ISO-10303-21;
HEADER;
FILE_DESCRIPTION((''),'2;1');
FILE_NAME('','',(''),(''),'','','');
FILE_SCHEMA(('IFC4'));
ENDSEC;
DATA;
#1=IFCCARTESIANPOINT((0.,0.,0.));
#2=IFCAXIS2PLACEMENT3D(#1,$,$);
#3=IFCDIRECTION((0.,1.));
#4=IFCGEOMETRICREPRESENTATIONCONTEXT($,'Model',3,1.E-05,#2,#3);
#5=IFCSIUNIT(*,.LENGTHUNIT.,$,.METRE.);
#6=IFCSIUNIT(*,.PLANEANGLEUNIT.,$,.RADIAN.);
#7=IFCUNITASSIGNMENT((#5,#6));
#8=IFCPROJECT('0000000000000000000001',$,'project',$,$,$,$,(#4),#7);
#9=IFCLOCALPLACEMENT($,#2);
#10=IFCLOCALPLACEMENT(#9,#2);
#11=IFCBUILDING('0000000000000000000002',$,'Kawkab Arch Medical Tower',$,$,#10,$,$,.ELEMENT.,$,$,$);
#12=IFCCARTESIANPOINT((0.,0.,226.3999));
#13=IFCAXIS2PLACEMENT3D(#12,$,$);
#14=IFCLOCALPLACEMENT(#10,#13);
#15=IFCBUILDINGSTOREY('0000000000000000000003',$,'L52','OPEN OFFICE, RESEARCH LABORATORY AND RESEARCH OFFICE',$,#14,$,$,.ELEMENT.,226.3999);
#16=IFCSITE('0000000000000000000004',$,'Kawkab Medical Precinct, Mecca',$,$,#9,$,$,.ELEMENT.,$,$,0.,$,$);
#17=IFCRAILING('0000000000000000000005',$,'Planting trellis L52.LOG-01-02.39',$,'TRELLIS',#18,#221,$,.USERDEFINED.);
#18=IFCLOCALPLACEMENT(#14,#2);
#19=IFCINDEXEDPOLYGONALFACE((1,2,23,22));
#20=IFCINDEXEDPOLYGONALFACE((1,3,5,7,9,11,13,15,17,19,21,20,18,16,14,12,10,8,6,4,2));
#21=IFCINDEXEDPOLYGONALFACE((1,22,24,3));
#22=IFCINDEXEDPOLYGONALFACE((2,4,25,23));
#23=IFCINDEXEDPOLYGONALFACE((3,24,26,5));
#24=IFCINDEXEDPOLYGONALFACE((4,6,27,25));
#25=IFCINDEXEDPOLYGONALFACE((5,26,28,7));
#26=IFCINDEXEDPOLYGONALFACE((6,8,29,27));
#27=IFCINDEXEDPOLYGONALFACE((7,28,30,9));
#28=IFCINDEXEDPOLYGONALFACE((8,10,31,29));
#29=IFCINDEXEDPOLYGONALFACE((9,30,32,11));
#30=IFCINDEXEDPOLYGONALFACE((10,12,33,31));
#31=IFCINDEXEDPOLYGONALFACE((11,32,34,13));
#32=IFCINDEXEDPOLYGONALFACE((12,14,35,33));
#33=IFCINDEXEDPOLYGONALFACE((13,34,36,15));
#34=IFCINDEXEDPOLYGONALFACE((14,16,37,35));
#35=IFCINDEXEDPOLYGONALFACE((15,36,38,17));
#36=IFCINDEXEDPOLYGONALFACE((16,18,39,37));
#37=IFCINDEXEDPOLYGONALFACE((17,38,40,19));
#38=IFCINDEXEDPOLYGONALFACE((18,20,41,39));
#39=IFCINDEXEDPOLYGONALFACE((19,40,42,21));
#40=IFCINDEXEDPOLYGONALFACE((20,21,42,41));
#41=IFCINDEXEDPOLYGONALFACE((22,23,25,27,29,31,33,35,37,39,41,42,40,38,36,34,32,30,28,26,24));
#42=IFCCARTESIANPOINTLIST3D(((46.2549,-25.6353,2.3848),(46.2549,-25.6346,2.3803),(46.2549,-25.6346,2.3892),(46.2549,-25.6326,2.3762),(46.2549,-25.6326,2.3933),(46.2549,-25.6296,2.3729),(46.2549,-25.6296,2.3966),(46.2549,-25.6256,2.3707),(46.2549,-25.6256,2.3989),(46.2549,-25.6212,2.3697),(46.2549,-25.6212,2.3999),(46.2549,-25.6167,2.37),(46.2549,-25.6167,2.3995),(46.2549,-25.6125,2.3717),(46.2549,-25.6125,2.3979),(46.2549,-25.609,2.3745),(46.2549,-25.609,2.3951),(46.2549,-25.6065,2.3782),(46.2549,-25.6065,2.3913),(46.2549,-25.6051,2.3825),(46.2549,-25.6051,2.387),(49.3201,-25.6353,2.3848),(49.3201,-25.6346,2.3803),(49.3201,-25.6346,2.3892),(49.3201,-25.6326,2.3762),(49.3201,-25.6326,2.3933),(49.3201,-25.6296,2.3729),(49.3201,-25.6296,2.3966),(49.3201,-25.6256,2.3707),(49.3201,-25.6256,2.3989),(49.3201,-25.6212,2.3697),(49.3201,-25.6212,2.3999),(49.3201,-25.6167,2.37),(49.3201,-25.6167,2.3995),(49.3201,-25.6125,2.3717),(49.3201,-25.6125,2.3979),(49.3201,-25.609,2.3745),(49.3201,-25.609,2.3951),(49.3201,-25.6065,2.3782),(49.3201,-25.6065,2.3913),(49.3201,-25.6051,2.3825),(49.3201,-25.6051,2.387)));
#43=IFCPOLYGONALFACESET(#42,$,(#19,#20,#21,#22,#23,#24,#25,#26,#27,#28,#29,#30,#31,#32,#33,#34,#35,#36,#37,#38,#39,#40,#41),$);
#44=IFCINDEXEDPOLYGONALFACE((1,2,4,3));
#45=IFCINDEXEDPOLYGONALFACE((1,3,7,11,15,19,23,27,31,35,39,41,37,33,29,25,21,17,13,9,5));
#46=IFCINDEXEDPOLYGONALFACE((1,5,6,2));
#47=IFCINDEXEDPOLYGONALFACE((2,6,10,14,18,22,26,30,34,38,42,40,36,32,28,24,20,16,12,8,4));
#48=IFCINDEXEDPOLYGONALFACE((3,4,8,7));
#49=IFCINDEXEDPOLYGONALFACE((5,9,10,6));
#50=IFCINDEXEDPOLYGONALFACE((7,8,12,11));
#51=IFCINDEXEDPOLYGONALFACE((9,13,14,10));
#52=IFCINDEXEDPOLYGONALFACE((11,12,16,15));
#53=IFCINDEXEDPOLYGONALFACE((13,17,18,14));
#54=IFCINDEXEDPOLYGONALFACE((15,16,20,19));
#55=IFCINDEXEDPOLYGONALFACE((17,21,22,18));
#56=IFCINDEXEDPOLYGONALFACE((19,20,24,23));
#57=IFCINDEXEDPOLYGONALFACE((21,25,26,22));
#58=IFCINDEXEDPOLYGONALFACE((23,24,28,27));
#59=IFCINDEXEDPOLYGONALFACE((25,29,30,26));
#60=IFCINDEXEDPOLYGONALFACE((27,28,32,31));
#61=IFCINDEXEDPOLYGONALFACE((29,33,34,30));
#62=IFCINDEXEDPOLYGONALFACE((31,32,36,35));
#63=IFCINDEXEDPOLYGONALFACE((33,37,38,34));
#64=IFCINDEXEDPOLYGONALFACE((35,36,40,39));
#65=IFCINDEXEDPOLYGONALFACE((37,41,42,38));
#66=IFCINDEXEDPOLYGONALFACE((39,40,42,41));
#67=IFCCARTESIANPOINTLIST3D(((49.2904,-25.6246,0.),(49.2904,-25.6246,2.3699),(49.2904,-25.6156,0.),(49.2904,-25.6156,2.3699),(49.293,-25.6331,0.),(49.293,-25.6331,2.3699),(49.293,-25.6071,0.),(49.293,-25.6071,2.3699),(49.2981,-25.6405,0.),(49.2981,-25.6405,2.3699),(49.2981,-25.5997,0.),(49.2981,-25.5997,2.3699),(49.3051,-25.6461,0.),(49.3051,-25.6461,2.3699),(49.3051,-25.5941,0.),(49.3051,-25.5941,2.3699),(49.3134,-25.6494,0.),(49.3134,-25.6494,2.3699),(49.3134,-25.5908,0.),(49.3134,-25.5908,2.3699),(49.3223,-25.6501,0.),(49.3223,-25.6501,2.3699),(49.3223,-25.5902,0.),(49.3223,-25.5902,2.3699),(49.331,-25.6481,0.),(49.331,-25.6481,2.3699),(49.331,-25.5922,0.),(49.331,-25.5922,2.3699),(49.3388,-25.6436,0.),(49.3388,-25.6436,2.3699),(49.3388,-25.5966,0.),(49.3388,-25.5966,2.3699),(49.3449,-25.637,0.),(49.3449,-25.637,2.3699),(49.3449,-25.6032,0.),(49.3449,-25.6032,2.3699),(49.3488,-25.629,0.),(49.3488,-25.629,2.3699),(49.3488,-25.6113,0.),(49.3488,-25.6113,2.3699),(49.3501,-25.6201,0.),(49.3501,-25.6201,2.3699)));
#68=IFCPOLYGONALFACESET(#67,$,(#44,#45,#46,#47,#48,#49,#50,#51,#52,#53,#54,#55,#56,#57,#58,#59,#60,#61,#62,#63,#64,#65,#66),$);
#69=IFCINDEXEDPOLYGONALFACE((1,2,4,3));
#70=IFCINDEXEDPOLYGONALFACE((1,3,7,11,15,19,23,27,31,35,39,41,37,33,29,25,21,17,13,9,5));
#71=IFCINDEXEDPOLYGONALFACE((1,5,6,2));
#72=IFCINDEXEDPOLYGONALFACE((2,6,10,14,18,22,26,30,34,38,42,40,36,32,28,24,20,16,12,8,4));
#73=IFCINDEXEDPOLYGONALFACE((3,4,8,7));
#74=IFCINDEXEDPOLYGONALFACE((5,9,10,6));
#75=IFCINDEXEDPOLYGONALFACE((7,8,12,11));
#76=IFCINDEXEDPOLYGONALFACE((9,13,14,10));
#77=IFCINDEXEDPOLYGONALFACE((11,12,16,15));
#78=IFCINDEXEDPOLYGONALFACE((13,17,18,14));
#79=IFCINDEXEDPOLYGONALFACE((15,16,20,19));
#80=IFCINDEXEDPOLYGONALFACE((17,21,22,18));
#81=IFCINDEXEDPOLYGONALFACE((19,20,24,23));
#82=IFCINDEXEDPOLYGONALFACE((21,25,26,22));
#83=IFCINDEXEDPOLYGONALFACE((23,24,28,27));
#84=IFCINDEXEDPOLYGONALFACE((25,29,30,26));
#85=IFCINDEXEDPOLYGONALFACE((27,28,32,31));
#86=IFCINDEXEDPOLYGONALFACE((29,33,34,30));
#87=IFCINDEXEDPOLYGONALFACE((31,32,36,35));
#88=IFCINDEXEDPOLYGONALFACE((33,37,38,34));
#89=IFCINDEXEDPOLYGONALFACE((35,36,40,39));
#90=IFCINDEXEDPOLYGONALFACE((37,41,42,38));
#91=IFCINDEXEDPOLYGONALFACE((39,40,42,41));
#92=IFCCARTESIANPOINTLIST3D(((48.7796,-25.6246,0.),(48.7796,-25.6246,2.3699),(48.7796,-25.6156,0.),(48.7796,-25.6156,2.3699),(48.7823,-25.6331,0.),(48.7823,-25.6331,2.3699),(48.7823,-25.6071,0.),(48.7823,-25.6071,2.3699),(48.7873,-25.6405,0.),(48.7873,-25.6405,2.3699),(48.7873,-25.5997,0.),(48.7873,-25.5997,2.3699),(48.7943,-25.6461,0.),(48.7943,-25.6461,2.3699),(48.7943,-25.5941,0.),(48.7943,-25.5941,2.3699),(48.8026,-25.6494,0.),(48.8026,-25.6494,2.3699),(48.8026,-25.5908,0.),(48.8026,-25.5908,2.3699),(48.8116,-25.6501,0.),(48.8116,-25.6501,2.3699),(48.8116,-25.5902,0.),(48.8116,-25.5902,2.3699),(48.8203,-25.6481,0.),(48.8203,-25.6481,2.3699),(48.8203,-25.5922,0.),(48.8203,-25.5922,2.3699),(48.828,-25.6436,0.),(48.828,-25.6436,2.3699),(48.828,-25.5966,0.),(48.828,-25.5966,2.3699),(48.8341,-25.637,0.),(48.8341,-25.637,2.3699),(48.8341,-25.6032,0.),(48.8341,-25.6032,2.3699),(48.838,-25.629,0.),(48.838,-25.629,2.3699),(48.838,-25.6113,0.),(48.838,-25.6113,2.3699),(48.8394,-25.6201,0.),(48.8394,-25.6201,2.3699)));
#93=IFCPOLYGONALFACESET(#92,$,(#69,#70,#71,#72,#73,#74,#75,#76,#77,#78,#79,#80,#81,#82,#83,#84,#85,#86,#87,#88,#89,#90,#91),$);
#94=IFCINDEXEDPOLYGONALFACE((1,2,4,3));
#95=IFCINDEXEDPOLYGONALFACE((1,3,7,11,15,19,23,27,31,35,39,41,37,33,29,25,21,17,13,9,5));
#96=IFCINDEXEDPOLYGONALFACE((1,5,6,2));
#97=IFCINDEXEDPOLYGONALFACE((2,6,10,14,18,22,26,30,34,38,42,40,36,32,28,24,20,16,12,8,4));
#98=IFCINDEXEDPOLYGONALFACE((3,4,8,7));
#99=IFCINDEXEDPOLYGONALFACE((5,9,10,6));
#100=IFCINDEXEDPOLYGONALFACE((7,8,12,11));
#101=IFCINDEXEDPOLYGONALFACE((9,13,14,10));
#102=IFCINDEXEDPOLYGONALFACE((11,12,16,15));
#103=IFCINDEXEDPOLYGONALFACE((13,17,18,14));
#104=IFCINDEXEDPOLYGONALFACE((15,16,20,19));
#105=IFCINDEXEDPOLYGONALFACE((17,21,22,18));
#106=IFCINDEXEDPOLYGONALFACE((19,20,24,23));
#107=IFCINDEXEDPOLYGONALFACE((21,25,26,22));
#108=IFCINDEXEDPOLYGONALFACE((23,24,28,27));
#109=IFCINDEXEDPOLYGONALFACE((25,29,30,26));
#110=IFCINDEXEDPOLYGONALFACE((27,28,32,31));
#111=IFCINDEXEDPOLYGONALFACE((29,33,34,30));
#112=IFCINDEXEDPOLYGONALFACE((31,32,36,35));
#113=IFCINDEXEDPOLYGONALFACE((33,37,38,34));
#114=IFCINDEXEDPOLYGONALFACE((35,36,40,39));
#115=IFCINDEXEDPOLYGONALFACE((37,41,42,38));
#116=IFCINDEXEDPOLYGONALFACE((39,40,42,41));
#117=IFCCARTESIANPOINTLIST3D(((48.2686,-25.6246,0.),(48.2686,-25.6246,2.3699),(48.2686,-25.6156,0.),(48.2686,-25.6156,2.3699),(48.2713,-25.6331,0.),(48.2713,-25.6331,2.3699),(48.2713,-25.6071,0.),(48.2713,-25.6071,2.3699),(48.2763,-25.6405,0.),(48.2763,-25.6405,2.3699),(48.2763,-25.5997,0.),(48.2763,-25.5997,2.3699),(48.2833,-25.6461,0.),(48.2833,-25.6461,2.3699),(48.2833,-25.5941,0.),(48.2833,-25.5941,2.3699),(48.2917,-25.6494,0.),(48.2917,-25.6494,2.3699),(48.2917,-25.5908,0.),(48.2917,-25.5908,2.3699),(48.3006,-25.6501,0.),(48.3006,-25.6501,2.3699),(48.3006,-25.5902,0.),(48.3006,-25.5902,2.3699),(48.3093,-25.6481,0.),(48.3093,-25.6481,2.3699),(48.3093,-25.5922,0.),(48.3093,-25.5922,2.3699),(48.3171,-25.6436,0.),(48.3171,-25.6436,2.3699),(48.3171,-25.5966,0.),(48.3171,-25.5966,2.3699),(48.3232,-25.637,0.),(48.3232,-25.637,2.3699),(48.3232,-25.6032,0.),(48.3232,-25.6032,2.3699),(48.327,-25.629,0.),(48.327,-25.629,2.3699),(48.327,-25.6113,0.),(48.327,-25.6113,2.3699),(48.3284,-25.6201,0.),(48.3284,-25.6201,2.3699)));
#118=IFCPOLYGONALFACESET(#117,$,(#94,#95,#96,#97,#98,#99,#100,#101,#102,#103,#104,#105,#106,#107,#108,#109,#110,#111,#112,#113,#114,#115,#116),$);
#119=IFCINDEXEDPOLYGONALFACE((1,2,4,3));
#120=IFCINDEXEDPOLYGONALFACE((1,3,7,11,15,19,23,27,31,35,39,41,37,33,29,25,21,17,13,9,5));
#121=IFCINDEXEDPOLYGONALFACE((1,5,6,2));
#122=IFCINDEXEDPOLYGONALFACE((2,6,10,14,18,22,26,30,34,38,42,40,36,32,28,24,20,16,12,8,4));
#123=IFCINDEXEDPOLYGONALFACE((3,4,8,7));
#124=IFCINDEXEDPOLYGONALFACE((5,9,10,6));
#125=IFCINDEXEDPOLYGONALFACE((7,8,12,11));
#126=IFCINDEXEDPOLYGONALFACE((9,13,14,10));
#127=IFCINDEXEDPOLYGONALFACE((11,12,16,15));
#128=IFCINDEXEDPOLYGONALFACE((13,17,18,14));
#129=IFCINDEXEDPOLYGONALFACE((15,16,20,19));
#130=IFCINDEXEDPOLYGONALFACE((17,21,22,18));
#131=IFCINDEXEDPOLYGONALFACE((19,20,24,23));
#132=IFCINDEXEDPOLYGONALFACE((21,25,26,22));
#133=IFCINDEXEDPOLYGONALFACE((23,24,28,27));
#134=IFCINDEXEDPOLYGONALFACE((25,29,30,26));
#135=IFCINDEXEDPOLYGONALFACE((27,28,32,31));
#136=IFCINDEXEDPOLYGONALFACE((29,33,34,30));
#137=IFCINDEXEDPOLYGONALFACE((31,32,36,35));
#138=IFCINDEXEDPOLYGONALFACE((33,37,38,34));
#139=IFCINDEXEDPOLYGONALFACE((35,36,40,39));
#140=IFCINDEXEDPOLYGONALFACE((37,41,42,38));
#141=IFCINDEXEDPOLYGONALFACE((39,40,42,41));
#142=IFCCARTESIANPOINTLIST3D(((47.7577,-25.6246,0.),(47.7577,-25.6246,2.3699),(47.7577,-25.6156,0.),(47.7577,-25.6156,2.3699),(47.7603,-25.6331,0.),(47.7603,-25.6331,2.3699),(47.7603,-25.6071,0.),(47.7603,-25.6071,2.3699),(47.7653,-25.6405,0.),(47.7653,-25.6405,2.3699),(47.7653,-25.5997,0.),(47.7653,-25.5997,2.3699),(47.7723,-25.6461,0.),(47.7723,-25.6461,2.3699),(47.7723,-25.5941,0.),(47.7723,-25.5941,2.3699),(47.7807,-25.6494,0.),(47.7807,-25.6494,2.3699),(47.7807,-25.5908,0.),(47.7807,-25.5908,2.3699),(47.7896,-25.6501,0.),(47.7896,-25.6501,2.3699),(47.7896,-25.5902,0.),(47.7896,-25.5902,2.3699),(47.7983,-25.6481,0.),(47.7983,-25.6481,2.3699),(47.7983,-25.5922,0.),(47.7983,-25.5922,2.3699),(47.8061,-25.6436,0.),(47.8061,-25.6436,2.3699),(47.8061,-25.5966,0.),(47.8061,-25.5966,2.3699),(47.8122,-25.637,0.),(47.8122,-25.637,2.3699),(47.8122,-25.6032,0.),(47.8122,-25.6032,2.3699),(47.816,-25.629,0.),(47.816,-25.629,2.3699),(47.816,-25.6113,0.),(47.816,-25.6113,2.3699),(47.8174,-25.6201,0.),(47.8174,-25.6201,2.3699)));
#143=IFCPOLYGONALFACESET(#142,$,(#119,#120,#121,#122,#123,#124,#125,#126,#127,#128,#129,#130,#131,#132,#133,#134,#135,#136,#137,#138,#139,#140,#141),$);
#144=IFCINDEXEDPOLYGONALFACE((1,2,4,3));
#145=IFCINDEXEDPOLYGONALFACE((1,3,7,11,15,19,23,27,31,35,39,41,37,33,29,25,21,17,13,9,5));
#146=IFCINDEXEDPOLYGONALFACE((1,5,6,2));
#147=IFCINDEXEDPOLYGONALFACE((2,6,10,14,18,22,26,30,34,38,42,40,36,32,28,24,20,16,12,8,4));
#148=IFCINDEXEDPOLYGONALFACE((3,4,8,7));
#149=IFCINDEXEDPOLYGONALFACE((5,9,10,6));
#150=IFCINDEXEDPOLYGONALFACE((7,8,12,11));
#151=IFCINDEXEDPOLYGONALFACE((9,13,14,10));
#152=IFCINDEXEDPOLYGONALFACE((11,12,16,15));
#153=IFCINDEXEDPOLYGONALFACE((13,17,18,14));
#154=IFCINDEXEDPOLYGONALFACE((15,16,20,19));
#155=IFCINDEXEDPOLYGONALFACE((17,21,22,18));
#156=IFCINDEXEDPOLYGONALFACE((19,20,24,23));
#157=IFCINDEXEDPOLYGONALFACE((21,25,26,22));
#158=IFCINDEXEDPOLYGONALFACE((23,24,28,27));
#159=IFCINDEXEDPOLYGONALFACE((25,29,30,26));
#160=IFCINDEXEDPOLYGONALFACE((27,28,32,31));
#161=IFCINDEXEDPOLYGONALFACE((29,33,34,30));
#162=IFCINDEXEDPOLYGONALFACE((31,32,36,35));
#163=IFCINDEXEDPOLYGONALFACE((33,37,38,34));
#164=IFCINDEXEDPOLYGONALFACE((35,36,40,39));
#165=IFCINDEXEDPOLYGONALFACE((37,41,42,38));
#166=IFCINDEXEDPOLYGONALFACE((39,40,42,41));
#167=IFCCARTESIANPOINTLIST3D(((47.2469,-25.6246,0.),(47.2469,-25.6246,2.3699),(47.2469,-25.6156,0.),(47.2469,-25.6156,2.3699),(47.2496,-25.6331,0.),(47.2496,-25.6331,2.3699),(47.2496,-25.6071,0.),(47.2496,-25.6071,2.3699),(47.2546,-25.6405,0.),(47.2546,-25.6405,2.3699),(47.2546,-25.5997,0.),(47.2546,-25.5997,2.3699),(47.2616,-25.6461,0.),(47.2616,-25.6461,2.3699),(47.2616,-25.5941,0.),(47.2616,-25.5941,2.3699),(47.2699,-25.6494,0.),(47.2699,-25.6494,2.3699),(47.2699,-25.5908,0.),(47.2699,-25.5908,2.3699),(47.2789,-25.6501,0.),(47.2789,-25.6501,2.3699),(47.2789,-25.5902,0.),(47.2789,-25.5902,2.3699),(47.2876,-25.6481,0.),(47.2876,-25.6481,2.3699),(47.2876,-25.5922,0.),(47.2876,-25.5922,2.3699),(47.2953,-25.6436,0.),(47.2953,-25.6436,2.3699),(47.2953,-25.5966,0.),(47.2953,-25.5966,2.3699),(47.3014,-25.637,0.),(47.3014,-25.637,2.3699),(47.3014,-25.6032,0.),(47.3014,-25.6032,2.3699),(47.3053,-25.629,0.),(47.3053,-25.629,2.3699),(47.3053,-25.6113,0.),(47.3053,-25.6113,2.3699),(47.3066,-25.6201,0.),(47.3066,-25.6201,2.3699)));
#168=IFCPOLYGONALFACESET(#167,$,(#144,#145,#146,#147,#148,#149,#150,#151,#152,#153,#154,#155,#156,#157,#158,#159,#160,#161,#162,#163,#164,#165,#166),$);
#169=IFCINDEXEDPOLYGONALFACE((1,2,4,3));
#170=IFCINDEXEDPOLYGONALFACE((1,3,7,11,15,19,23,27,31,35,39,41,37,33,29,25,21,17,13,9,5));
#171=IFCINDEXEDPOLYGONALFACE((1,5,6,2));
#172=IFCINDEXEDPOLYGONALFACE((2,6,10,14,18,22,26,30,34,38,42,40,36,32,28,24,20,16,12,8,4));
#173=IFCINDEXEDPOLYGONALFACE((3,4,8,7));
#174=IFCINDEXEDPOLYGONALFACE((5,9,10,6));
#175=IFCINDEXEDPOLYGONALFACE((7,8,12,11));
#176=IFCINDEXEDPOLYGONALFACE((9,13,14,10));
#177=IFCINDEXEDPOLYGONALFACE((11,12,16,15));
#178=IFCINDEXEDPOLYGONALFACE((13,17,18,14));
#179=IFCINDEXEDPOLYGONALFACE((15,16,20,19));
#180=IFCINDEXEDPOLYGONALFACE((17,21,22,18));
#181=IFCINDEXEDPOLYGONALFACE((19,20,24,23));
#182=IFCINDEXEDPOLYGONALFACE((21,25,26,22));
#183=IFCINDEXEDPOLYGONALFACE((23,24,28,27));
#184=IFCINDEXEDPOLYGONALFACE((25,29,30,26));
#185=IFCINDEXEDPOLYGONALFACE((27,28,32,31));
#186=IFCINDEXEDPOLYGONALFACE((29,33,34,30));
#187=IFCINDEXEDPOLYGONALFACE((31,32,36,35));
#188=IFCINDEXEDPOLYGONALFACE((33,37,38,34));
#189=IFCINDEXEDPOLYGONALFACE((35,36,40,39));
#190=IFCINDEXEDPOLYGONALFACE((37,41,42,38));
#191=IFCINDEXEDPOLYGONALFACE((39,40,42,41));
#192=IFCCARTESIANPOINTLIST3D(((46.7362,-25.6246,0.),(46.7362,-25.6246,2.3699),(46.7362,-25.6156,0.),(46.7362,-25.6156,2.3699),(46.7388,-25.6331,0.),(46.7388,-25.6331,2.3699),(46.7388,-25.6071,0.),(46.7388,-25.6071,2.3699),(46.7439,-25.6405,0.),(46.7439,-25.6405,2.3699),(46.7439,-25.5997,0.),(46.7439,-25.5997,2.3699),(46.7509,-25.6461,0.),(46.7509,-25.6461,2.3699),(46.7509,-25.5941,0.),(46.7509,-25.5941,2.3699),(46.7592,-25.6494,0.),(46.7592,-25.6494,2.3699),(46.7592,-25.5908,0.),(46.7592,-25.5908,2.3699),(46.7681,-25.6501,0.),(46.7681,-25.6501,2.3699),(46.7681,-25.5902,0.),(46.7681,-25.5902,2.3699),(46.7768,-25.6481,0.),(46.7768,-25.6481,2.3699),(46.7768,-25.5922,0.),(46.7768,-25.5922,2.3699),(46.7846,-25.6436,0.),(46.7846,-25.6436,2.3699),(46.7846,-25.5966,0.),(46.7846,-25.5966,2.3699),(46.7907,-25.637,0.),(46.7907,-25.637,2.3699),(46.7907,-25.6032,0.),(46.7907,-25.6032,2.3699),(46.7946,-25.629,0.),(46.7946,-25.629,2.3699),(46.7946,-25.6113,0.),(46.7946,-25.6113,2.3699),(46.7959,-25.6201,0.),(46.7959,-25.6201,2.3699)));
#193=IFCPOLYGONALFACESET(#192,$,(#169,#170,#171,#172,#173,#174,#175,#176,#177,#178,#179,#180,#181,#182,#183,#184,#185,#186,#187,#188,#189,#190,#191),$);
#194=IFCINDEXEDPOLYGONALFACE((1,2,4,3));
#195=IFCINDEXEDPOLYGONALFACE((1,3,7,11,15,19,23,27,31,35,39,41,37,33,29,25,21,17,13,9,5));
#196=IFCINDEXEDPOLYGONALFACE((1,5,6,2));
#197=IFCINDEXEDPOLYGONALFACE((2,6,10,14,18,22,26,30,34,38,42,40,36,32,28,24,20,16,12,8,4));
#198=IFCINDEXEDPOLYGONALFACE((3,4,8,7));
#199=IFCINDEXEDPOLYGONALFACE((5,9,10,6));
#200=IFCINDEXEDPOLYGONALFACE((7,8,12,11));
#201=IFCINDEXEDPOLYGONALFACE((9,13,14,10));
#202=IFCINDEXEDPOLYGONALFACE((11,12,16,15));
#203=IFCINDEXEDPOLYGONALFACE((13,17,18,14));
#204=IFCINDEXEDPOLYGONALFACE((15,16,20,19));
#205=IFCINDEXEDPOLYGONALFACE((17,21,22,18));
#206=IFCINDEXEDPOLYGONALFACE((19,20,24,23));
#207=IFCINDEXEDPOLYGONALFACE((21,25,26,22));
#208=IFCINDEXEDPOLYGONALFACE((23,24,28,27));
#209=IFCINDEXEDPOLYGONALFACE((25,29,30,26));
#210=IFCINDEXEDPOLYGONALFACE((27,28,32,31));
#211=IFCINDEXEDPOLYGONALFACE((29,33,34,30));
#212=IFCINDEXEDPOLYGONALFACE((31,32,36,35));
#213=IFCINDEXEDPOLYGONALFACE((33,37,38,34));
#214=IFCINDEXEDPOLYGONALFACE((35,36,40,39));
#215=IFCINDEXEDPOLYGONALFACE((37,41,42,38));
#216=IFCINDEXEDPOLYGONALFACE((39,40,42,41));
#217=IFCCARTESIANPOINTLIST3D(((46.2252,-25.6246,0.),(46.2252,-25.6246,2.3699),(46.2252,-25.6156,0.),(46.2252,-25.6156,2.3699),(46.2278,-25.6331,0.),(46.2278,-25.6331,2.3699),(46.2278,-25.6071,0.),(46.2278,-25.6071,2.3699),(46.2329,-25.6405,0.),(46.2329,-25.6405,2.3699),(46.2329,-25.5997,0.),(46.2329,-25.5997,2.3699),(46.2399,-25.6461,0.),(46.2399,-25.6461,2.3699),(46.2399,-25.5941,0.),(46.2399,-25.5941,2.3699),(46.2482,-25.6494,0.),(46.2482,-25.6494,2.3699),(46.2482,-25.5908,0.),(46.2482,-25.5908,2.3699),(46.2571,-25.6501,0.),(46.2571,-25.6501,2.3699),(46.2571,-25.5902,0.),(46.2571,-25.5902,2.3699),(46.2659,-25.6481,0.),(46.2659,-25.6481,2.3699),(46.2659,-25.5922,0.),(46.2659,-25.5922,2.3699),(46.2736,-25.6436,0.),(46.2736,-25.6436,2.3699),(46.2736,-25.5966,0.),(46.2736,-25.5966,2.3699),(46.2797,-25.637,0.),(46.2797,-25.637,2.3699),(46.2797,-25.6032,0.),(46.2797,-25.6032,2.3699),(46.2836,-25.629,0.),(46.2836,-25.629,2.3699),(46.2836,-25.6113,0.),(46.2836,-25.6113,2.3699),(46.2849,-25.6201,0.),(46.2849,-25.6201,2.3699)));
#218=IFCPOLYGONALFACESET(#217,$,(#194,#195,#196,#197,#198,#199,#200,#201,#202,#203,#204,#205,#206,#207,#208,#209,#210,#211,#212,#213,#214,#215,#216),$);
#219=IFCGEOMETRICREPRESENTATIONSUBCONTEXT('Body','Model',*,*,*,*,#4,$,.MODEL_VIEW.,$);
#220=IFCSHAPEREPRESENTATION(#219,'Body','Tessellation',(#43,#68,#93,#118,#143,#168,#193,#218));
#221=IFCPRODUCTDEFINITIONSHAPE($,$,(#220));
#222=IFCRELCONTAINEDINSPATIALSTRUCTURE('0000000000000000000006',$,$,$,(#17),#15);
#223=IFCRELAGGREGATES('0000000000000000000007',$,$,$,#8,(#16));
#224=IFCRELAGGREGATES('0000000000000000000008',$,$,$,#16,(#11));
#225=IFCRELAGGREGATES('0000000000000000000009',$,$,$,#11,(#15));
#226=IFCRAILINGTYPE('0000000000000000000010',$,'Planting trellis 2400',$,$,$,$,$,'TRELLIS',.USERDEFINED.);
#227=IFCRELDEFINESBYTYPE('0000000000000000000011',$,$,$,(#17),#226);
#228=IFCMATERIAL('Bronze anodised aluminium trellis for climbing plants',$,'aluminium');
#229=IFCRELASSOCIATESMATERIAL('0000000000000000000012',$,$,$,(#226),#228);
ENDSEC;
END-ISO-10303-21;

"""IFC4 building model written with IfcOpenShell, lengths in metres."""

from ifc_helpers import new_model, si_unit, direction, frame, origin, origin_2d, place, context, subcontext, project, spatial, circle, extrude, material, type_object, element, save


model = new_model("IFC4")

# Units and contexts
model_context = context("Model", 3, precision=1e-05, world=origin(), true_north=direction((0.0, 1.0)))
body_context = subcontext(model_context, "Body", "Model", "MODEL_VIEW")
ifc_project = project(units=[si_unit("LENGTHUNIT", "METRE"), si_unit("PLANEANGLEUNIT", "RADIAN")], contexts=[model_context])

# Site, building, storey
site_placement = place(None, origin())
site = spatial("IfcSite", under=ifc_project, at=site_placement, Name="Kawkab Medical Precinct, Mecca", CompositionType="ELEMENT", RefElevation=0.0)
building_placement = place(site_placement, origin())
building = spatial("IfcBuilding", under=site, at=building_placement, Name="Kawkab Arch Medical Tower", CompositionType="ELEMENT")
storey_placement = place(building_placement, frame((0.0, 0.0, 226.3999)))
storey = spatial("IfcBuildingStorey", under=building, at=storey_placement, Name="L52", Description="OPEN OFFICE, RESEARCH LABORATORY AND RESEARCH OFFICE", CompositionType="ELEMENT", Elevation=226.3999)

# Railing
ifc_material_1 = material(Name="Bronze anodised aluminium trellis for climbing plants", Category="aluminium")
railing_type_1 = type_object("IfcRailingType", Name="Planting trellis 2400", ElementType="TRELLIS", PredefinedType="USERDEFINED", material=ifc_material_1)
railing_1_placement = place(storey_placement, frame((49.3201, -25.6201, 0.0)))
element("IfcRailing", 1, at=railing_1_placement, inside=storey, type_object=railing_type_1, Name="Planting trellis L52.LOG-01-02.39", ObjectType="TRELLIS", PredefinedType="USERDEFINED", context=body_context, shape_type="SweptSolid", body=[
    extrude(circle(Radius=0.0151, at=origin_2d()), frame((0.0, 0.0, 2.3848), z_axis=(-1.0, 0.0, 0.0), x_axis=(0.0, -1.0, 0.0)), (0.0, 0.0, 1.0), 3.0652),
    extrude(circle(Radius=0.03, at=origin_2d()), origin(), (0.0, 0.0, 1.0), 2.3699),
    extrude(circle(Radius=0.03, at=origin_2d()), frame((-0.5107, 0.0, 0.0)), (0.0, 0.0, 1.0), 2.3699),
    extrude(circle(Radius=0.03, at=origin_2d()), frame((-1.0217, 0.0, 0.0)), (0.0, 0.0, 1.0), 2.3699),
    extrude(circle(Radius=0.03, at=origin_2d()), frame((-1.5327, 0.0, 0.0)), (0.0, 0.0, 1.0), 2.3699),
    extrude(circle(Radius=0.03, at=origin_2d()), frame((-2.0435, 0.0, 0.0)), (0.0, 0.0, 1.0), 2.3699),
    extrude(circle(Radius=0.03, at=origin_2d()), frame((-2.5542, 0.0, 0.0)), (0.0, 0.0, 1.0), 2.3699),
    extrude(circle(Radius=0.03, at=origin_2d()), frame((-3.0652, 0.0, 0.0)), (0.0, 0.0, 1.0), 2.3699),
])

save(model, "model.ifc")
